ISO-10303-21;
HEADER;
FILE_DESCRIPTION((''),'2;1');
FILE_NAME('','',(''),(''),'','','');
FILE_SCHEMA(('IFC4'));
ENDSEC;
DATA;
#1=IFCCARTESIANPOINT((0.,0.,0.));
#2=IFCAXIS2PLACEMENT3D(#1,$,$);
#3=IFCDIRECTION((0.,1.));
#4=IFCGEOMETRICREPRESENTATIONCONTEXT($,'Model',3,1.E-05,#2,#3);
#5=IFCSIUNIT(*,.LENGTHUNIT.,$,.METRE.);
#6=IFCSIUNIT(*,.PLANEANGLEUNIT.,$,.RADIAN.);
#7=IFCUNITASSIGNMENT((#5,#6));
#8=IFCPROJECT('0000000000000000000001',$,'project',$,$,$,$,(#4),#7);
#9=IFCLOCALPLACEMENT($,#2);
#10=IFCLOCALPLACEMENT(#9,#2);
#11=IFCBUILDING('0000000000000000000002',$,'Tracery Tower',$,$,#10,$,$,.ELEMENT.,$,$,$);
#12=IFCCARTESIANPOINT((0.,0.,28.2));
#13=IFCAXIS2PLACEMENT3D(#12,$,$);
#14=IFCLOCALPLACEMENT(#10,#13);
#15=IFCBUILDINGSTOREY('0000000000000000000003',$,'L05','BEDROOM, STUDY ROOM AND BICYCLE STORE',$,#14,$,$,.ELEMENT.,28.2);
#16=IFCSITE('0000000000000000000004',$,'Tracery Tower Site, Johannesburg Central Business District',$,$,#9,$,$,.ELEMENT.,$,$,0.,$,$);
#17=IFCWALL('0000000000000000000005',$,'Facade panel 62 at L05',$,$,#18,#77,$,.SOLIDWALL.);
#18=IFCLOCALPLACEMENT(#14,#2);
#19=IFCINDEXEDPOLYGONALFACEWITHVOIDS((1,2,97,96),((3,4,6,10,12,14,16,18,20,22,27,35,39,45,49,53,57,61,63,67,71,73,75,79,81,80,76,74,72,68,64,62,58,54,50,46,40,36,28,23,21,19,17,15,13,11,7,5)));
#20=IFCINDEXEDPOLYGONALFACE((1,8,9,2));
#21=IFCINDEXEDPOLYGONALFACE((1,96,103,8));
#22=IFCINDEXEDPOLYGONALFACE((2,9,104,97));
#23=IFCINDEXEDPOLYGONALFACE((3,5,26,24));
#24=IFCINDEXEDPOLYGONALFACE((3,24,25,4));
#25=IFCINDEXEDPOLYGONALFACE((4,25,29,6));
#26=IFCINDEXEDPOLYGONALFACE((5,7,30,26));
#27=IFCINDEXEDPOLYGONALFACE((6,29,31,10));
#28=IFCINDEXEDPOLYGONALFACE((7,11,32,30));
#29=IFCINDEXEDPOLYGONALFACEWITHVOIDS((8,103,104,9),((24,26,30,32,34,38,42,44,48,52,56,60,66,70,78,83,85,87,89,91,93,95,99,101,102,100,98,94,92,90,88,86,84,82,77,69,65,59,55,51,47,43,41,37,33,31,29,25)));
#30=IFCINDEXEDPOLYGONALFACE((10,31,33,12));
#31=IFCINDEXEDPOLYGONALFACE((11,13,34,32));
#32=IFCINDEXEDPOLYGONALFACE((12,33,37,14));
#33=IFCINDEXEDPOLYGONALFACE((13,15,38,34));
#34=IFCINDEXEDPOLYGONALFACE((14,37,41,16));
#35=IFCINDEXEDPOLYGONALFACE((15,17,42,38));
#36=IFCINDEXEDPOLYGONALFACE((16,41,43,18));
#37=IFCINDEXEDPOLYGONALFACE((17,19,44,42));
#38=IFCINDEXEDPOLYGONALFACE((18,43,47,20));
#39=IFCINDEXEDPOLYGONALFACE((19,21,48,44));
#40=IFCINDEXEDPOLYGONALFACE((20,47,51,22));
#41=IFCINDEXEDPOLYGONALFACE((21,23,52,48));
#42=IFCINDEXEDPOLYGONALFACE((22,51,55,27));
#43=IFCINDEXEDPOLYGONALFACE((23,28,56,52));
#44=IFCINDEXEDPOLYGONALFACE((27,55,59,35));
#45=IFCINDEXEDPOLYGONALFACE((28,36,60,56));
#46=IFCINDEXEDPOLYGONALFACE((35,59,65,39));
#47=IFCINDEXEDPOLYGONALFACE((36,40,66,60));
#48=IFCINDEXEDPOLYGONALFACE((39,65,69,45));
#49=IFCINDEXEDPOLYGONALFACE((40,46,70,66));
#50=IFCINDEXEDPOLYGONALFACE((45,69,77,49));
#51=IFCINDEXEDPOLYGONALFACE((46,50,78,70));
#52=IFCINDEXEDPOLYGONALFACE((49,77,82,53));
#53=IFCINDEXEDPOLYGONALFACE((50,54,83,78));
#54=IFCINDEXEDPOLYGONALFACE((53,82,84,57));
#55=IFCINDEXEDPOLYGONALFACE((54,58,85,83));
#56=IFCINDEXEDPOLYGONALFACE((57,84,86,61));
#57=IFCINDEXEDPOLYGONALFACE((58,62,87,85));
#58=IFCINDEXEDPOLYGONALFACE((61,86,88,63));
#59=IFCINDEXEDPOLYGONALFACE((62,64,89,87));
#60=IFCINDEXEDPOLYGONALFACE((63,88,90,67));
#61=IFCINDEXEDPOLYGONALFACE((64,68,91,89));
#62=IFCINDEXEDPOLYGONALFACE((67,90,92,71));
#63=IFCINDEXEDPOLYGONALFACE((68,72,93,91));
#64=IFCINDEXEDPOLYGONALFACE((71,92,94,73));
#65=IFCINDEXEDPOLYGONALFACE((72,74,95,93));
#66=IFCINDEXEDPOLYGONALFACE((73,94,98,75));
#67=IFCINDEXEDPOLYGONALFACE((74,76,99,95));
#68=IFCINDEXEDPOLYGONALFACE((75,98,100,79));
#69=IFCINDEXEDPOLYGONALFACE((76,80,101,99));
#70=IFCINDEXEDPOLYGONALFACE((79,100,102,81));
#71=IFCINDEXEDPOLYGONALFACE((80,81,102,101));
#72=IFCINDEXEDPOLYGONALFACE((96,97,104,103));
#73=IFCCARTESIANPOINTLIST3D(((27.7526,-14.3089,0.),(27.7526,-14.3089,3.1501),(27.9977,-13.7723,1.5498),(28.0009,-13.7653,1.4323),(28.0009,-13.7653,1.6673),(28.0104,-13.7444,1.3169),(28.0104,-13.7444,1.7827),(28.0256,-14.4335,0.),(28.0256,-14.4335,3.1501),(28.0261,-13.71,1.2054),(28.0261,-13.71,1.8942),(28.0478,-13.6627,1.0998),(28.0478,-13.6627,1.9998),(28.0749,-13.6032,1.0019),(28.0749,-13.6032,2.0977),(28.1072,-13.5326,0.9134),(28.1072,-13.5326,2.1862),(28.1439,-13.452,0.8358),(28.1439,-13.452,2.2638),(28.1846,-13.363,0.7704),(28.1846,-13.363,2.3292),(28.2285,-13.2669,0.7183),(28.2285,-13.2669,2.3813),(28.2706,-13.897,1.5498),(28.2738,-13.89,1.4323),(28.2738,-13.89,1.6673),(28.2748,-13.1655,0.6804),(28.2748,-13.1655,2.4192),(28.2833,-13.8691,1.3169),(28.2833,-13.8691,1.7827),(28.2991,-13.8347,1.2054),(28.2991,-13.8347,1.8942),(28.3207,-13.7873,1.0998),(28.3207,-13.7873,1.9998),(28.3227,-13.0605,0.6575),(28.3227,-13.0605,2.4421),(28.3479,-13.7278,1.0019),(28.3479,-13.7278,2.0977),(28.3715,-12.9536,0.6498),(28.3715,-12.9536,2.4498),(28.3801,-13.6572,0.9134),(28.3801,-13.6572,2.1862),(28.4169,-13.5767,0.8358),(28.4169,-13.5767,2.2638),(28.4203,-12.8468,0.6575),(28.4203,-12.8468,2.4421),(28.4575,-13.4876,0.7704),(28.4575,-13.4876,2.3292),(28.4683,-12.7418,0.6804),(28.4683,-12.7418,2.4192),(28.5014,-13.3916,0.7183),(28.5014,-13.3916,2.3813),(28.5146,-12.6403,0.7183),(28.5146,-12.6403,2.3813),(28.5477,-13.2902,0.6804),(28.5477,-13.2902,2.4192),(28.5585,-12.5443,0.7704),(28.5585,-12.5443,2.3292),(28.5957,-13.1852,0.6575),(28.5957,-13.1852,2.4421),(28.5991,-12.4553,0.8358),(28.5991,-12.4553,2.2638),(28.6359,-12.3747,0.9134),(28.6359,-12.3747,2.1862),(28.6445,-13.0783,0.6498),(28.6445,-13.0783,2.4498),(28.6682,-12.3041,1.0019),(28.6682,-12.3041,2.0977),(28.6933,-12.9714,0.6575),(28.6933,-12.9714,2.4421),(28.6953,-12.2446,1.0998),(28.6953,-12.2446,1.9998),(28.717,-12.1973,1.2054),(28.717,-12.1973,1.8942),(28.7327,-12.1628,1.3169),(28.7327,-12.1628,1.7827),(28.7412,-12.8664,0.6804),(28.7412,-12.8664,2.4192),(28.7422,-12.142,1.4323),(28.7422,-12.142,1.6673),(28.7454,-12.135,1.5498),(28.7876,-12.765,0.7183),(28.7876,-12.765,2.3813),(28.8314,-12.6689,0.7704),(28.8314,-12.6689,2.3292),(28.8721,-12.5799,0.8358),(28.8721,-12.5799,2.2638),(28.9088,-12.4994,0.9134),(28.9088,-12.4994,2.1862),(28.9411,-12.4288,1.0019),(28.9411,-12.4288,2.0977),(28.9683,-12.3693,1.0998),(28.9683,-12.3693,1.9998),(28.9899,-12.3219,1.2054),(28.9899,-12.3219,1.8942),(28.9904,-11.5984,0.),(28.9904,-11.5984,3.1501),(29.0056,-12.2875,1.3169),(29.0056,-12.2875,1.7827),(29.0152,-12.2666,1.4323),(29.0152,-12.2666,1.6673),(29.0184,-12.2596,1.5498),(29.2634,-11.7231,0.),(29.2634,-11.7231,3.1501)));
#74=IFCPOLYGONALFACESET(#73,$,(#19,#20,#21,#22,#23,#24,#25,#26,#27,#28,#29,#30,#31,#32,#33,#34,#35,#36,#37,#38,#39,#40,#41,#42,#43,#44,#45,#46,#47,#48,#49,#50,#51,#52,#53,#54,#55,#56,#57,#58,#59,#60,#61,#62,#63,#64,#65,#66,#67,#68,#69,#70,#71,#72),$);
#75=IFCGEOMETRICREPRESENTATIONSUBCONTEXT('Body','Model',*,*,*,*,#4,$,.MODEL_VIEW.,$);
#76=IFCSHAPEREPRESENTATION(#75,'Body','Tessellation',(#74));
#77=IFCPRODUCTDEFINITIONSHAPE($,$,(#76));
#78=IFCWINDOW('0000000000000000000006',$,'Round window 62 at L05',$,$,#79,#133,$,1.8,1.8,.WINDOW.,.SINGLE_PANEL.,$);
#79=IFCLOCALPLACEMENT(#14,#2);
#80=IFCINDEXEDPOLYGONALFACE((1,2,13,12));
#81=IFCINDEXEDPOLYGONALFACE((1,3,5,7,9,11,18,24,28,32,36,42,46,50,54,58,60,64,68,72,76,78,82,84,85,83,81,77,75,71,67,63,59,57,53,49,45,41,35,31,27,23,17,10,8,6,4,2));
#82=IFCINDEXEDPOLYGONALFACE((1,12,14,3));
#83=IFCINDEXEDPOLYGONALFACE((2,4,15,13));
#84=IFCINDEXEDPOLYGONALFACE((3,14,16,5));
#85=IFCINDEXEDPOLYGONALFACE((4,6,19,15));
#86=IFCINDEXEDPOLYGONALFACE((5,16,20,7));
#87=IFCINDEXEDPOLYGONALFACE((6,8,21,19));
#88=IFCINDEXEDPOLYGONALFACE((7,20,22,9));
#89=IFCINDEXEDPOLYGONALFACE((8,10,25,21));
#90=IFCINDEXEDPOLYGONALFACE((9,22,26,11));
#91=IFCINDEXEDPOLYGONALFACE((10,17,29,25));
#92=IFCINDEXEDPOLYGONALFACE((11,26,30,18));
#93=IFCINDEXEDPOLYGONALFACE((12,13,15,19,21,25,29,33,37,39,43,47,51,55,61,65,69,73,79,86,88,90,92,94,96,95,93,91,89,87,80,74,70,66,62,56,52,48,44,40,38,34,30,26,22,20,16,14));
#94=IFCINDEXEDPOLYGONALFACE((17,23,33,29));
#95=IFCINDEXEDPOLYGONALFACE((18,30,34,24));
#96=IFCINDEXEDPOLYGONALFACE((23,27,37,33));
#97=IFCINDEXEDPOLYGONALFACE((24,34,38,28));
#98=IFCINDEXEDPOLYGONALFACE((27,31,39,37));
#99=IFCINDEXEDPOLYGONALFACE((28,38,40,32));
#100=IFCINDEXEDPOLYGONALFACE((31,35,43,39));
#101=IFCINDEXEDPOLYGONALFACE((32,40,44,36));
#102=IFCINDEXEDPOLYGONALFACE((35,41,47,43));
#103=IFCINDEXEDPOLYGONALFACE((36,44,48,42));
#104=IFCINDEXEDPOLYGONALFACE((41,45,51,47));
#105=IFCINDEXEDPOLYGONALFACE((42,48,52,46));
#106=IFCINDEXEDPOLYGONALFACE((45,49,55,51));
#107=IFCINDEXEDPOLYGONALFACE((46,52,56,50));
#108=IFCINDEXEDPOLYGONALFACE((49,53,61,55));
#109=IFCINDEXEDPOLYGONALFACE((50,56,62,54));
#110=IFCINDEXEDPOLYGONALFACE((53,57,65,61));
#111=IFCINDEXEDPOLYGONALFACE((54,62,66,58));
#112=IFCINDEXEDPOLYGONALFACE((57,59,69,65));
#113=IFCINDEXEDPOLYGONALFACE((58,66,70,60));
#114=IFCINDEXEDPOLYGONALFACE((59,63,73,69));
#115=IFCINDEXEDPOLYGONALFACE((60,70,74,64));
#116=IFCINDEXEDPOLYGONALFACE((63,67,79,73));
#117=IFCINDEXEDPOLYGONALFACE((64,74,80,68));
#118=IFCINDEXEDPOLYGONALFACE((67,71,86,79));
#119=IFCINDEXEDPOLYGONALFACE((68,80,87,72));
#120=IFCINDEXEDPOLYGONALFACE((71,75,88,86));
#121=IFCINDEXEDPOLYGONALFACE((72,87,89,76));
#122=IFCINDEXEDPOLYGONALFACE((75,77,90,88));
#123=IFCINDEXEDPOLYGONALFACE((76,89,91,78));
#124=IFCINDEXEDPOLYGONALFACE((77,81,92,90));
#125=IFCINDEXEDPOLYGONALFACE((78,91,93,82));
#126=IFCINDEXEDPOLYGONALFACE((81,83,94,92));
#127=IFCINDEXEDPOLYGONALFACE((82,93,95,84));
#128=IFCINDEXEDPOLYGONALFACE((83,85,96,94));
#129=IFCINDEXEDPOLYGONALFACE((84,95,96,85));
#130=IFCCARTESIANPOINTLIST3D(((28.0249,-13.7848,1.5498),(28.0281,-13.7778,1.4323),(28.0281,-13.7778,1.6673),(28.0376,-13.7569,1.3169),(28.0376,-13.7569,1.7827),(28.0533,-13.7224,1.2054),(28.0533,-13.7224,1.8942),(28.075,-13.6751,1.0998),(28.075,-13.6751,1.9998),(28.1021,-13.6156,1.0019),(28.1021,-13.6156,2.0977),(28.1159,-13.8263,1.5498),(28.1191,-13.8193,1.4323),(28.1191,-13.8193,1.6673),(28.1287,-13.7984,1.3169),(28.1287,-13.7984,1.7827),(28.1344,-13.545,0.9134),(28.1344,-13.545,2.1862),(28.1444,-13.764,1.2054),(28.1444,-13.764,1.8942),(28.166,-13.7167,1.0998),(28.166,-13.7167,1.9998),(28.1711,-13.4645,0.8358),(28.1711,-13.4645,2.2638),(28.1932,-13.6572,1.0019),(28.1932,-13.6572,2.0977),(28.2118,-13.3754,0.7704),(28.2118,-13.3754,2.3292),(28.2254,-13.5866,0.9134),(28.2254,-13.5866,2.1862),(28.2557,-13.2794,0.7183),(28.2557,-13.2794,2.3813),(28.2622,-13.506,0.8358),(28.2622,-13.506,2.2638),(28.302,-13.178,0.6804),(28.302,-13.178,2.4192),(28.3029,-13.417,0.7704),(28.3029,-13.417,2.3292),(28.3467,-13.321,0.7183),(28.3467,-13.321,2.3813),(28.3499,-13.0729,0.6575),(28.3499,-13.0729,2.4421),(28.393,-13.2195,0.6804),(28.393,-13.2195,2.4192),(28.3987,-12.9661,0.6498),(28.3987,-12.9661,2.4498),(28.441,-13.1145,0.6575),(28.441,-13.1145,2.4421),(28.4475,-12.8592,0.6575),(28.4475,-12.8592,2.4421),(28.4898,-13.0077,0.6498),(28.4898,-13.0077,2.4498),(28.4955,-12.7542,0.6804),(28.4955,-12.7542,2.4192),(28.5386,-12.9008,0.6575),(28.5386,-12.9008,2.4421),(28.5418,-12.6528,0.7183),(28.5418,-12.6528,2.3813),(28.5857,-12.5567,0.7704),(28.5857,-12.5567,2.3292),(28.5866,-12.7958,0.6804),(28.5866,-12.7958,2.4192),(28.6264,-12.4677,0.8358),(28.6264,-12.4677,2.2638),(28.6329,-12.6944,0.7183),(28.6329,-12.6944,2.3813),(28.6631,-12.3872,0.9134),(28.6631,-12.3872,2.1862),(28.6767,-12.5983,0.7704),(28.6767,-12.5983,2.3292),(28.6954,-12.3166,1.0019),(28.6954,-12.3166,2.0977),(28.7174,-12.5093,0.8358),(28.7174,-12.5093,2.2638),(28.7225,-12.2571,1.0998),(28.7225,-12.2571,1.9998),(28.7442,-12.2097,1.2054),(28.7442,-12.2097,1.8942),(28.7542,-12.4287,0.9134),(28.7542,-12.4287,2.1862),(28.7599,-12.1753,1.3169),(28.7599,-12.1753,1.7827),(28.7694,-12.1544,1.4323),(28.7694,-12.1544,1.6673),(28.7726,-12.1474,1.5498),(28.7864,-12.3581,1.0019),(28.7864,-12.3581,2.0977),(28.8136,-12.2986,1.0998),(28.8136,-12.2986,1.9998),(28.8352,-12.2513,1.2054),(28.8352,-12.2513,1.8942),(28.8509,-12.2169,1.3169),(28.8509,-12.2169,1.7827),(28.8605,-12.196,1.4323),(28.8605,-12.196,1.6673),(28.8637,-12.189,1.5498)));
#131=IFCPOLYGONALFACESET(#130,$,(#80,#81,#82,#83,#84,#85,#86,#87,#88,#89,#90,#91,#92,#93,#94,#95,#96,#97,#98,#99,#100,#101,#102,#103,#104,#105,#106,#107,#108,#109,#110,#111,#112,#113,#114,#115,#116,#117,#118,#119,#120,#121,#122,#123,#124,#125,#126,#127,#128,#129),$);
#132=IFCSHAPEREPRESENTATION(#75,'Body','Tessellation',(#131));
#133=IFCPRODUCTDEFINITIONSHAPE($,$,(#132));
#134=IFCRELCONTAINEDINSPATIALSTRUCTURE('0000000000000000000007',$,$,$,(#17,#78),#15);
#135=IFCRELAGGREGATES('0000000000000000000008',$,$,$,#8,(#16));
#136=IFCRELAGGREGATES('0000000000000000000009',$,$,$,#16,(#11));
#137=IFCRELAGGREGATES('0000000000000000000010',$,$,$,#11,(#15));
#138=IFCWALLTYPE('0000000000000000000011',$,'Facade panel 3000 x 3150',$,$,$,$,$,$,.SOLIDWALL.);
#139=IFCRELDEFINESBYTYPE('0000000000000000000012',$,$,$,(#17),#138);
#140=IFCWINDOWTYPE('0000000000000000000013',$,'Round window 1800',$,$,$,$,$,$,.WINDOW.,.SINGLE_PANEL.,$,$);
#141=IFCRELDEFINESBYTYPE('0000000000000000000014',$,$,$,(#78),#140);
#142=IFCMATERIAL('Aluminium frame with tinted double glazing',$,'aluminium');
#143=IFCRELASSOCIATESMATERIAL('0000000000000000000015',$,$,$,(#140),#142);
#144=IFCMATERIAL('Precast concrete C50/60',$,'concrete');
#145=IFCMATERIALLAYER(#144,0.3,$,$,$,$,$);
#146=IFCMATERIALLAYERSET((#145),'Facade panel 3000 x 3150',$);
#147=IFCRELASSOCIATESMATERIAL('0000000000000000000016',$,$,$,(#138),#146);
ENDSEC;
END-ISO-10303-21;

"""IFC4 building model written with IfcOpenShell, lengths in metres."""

from ifc_helpers import new_model, si_unit, direction, frame, frame_2d, origin, origin_2d, place, context, subcontext, project, spatial, rectangle, circle, extrude, material, layer, layer_set, type_object, element, fill, save


model = new_model("IFC4")

# Units and contexts
model_context = context("Model", 3, precision=1e-05, world=origin(), true_north=direction((0.0, 1.0)))
body_context = subcontext(model_context, "Body", "Model", "MODEL_VIEW")
ifc_project = project(units=[si_unit("LENGTHUNIT", "METRE"), si_unit("PLANEANGLEUNIT", "RADIAN")], contexts=[model_context])

# Site, building, storey
site_placement = place(None, origin())
site = spatial("IfcSite", under=ifc_project, at=site_placement, Name="Tracery Tower Site, Johannesburg Central Business District", CompositionType="ELEMENT", RefElevation=0.0)
building_placement = place(site_placement, origin())
building = spatial("IfcBuilding", under=site, at=building_placement, Name="Tracery Tower", CompositionType="ELEMENT")
storey_placement = place(building_placement, frame((0.0, 0.0, 28.2)))
storey = spatial("IfcBuildingStorey", under=building, at=storey_placement, Name="L05", Description="BEDROOM, STUDY ROOM AND BICYCLE STORE", CompositionType="ELEMENT", Elevation=28.2)

# Wall, opening, window
ifc_material_1 = material(Name="Aluminium frame with tinted double glazing", Category="aluminium")
window_type = type_object("IfcWindowType", Name="Round window 1800", PartitioningType="SINGLE_PANEL", PredefinedType="WINDOW", material=ifc_material_1)
ifc_material_2 = material(Name="Precast concrete C50/60", Category="concrete")
ifc_layer_1 = layer(ifc_material_2, 0.3)
ifc_layer_set_1 = layer_set([ifc_layer_1], Name="Facade panel 3000 x 3150")
wall_type_1 = type_object("IfcWallType", Name="Facade panel 3000 x 3150", PredefinedType="SOLIDWALL", material=ifc_layer_set_1)
wall_1_placement = place(storey_placement, frame((27.8892, -14.3711, 0.0), z_axis=(0.0, 0.0, 1.0), x_axis=(0.415407, 0.909636, 0.0)))
wall_1 = element("IfcWall", 1, at=wall_1_placement, inside=storey, type_object=wall_type_1, Name="Facade panel 62 at L05", PredefinedType="SOLIDWALL", context=body_context, shape_type="SweptSolid", body=[
    extrude(rectangle(XDim=2.9797, YDim=0.3, at=frame_2d((1.4897, 0.0))), origin(), (0.0, 0.0, 1.0), 3.1501),
])
opening_1_placement = place(wall_1_placement, frame((1.4897, 0.0, 1.5498)))
opening_1 = element("IfcOpeningElement", 2, at=opening_1_placement, cuts=wall_1, PredefinedType="OPENING", context=body_context, shape_type="SweptSolid", body=[
    extrude(circle(Radius=0.9, at=origin_2d()), frame((0.0, 0.1599, 0.0), z_axis=(0.0, -1.0, 0.0), x_axis=(1.0, 0.0, 0.0)), (0.0, 0.0, 1.0), 0.3201),
])
window_1_placement = place(opening_1_placement, origin())
window_1 = element("IfcWindow", 3, at=window_1_placement, inside=storey, type_object=window_type, Name="Round window 62 at L05", OverallHeight=1.8, OverallWidth=1.8, PartitioningType="SINGLE_PANEL", PredefinedType="WINDOW", context=body_context, shape_type="SweptSolid", body=[
    extrude(circle(Radius=0.9, at=origin_2d()), frame((0.0, 0.1201, 0.0), z_axis=(0.0, -1.0, 0.0), x_axis=(1.0, 0.0, 0.0)), (0.0, 0.0, 1.0), 0.1001),
])
fill(opening_1, window_1)

save(model, "model.ifc")
